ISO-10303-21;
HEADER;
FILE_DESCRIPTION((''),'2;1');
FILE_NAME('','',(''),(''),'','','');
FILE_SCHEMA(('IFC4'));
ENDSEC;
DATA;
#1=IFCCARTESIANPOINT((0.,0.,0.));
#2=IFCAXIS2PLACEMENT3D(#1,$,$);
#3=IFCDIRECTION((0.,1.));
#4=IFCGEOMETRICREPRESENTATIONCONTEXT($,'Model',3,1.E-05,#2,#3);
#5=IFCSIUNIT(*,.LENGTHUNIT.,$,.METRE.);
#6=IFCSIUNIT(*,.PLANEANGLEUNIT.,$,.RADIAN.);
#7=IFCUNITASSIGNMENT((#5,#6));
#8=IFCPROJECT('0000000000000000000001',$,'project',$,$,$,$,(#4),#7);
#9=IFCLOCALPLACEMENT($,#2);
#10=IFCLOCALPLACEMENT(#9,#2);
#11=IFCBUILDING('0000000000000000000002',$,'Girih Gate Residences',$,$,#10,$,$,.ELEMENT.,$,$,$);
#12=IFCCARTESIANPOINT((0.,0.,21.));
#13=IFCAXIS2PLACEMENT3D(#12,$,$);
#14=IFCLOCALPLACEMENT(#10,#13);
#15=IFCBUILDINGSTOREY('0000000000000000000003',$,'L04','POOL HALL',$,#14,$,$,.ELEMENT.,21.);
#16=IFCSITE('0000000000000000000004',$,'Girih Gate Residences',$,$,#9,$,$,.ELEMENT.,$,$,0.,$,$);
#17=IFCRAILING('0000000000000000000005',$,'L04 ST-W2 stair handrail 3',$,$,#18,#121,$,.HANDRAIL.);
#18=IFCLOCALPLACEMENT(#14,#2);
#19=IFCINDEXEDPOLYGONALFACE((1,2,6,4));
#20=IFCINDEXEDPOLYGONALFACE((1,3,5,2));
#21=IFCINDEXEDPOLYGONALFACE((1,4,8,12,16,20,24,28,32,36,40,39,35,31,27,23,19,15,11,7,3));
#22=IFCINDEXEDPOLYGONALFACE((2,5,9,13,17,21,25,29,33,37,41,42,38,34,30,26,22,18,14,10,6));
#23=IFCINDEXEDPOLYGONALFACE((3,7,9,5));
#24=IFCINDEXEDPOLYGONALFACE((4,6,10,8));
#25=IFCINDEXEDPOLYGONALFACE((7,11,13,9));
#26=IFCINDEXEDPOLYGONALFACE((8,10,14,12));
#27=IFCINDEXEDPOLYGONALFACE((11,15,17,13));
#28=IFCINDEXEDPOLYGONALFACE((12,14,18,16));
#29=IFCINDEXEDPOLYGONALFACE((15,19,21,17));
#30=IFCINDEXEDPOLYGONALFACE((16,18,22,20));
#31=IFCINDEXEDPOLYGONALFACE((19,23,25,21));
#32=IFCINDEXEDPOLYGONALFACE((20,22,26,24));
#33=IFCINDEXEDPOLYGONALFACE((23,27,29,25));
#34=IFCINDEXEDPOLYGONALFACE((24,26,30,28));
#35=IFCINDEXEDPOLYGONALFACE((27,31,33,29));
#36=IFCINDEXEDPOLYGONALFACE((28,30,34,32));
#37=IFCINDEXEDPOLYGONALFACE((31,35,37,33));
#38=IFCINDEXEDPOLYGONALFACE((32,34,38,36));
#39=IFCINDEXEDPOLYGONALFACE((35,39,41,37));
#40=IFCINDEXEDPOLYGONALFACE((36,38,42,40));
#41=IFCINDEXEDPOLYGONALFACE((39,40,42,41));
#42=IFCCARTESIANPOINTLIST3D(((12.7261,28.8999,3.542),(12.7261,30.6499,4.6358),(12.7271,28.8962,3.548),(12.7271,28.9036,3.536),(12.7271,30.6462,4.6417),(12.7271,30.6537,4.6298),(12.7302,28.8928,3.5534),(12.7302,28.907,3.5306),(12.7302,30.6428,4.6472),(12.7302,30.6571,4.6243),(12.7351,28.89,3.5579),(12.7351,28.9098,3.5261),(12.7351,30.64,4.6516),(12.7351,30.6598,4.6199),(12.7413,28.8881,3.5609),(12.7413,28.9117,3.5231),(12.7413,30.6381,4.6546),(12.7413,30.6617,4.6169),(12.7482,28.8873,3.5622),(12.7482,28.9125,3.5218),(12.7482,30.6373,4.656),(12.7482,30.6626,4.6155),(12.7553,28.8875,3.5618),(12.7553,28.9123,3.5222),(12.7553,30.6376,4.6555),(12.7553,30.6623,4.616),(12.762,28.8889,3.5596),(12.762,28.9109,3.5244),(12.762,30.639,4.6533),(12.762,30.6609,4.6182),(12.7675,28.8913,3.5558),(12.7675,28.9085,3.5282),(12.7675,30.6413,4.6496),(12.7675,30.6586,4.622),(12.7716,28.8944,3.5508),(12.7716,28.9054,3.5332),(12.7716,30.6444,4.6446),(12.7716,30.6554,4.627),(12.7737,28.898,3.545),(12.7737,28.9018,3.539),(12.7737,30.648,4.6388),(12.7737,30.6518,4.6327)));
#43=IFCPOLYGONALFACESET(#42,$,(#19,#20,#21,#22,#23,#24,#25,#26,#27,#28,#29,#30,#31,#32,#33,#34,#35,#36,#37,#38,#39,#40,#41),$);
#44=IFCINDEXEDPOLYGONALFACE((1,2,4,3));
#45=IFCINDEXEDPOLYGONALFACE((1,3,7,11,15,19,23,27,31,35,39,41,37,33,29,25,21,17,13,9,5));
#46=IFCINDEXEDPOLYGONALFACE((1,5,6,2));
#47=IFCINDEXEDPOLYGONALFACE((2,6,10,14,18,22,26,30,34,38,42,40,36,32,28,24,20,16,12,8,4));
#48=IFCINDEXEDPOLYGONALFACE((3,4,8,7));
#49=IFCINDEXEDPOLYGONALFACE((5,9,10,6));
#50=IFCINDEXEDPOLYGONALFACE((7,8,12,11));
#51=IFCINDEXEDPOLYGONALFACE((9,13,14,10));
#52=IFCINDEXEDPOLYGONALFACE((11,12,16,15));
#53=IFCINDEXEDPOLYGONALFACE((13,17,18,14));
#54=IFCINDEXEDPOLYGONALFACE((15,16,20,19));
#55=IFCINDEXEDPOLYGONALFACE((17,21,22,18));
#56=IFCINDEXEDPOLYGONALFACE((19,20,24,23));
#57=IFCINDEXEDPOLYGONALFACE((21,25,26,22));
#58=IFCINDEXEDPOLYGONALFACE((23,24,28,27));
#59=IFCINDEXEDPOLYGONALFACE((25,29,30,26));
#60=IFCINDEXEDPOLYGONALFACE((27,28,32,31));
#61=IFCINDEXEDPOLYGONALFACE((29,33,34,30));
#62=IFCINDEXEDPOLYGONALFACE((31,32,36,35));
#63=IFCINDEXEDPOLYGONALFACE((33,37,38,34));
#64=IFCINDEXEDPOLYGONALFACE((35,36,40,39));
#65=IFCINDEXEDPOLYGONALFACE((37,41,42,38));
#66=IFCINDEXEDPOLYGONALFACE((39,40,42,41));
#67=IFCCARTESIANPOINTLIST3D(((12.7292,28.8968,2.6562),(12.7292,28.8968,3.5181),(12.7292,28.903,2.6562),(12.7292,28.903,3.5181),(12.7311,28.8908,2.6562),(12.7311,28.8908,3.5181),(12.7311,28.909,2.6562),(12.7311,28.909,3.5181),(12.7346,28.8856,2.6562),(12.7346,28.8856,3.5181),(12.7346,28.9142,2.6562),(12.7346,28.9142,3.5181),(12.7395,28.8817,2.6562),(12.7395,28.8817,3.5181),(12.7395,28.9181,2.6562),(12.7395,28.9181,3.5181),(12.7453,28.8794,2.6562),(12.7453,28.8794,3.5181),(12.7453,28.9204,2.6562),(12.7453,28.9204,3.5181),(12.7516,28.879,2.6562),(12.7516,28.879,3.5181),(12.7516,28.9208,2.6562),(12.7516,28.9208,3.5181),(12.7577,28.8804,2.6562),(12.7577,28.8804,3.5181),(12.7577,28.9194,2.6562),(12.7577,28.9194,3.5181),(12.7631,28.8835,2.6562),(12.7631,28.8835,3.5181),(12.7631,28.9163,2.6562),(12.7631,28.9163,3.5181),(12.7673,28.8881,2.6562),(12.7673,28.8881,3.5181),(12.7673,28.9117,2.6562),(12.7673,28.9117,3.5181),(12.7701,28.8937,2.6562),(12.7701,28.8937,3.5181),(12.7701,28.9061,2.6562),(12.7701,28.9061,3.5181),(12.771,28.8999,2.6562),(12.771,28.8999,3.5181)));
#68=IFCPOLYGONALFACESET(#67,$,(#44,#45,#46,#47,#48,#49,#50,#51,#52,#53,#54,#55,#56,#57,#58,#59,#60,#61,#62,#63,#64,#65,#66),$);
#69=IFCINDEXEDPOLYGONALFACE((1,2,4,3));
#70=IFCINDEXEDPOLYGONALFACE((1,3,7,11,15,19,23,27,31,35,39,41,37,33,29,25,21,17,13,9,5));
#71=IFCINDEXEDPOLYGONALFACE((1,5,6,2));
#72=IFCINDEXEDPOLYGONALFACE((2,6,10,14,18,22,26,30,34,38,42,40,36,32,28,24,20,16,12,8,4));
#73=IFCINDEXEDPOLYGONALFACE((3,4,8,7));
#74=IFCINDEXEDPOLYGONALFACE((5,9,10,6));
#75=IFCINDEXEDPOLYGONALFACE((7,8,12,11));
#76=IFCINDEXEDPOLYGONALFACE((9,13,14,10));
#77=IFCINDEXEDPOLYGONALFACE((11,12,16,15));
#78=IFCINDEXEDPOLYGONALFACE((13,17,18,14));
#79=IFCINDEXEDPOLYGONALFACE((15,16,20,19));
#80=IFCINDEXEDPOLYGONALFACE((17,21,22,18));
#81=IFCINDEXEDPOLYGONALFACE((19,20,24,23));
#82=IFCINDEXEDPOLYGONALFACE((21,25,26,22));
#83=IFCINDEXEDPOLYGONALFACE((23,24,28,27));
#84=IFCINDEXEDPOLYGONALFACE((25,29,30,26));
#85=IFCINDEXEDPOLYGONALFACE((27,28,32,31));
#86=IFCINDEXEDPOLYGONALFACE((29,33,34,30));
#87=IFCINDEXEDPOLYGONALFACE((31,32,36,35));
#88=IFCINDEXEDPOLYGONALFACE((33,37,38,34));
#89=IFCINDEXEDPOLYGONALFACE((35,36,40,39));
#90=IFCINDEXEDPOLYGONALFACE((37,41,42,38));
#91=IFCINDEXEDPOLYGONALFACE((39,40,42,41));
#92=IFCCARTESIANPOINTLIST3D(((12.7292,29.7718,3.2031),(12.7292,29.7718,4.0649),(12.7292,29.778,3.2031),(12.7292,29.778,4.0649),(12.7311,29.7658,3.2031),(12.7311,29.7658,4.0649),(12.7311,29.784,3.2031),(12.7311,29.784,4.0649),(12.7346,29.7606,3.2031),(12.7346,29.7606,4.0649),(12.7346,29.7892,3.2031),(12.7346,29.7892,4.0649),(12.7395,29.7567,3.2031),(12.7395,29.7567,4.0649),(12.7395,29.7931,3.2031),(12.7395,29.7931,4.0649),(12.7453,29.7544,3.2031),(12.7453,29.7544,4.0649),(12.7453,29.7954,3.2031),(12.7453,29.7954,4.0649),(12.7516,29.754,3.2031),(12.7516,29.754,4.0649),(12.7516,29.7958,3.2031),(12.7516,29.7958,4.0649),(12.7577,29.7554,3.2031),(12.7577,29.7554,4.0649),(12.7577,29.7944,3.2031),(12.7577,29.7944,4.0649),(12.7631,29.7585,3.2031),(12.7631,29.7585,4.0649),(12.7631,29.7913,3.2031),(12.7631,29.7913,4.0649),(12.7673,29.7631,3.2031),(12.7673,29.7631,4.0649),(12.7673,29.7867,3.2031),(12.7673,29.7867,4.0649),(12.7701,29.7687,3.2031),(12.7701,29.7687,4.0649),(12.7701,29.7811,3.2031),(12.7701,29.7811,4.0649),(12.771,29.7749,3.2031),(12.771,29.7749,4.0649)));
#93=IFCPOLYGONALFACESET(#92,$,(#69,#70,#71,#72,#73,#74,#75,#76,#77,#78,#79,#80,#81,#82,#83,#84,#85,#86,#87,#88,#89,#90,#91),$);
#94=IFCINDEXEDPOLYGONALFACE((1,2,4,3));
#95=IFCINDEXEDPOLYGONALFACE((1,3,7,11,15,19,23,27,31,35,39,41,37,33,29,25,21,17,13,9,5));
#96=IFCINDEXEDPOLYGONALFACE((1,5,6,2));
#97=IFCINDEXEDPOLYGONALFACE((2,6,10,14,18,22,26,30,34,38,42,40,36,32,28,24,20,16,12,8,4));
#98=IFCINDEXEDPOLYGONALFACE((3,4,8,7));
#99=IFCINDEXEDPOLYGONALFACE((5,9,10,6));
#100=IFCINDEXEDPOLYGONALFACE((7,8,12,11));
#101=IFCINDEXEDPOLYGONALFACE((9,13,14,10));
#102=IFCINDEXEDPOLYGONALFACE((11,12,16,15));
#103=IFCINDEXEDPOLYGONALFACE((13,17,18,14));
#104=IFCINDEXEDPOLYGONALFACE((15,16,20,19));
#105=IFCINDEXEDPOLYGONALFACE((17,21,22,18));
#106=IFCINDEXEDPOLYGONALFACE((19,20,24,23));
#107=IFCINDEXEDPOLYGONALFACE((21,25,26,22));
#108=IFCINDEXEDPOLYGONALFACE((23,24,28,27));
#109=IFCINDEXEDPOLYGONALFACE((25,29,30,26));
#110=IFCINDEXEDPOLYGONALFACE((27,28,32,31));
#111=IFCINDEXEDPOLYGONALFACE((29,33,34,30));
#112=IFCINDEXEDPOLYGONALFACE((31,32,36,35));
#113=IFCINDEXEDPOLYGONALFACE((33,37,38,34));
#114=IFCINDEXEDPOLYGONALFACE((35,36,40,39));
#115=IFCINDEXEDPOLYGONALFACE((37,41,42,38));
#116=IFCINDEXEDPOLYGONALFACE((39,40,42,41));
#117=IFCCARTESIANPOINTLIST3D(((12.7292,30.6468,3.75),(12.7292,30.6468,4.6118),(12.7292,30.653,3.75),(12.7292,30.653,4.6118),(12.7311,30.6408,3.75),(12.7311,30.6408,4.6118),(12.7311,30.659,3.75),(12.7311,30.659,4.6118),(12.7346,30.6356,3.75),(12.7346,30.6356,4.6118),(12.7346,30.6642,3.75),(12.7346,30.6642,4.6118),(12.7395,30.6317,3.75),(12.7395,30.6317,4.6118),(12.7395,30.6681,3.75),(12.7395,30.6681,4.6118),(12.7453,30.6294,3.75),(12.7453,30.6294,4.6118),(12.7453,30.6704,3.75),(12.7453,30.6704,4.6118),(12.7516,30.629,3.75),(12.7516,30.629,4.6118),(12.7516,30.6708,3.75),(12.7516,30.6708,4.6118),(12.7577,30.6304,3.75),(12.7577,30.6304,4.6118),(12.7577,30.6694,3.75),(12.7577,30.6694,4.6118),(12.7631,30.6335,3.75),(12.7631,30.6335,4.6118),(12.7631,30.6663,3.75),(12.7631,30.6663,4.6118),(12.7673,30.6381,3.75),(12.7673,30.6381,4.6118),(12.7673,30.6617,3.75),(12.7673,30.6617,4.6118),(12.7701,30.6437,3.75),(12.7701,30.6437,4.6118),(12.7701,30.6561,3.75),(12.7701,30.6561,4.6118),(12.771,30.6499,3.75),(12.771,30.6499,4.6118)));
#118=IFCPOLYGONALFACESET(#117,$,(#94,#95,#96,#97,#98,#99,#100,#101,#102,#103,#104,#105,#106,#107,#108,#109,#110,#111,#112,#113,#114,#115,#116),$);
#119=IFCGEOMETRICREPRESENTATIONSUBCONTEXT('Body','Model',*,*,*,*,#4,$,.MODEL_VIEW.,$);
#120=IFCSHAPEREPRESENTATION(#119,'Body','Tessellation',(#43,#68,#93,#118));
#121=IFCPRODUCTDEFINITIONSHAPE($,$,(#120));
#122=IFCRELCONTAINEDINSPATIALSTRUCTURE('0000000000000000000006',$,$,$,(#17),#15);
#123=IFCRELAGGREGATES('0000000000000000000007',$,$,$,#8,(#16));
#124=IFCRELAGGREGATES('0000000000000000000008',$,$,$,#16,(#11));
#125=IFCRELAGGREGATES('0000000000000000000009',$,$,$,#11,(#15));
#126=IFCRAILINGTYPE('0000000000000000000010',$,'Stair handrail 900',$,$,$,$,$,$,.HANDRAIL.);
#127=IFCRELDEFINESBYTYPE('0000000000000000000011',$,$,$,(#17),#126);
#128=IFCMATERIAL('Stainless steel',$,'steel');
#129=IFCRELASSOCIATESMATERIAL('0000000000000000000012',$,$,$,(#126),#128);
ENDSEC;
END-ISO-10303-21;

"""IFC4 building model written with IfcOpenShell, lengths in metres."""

from ifc_helpers import new_model, si_unit, direction, frame, origin, origin_2d, place, context, subcontext, project, spatial, circle, extrude, material, type_object, element, save


model = new_model("IFC4")

# Units and contexts
model_context = context("Model", 3, precision=1e-05, world=origin(), true_north=direction((0.0, 1.0)))
body_context = subcontext(model_context, "Body", "Model", "MODEL_VIEW")
ifc_project = project(units=[si_unit("LENGTHUNIT", "METRE"), si_unit("PLANEANGLEUNIT", "RADIAN")], contexts=[model_context])

# Site, building, storey
site_placement = place(None, origin())
site = spatial("IfcSite", under=ifc_project, at=site_placement, Name="Girih Gate Residences", CompositionType="ELEMENT", RefElevation=0.0)
building_placement = place(site_placement, origin())
building = spatial("IfcBuilding", under=site, at=building_placement, Name="Girih Gate Residences", CompositionType="ELEMENT")
storey_placement = place(building_placement, frame((0.0, 0.0, 21.0)))
storey = spatial("IfcBuildingStorey", under=building, at=storey_placement, Name="L04", Description="POOL HALL", CompositionType="ELEMENT", Elevation=21.0)

# Railing
ifc_material_1 = material(Name="Stainless steel", Category="steel")
railing_type_1 = type_object("IfcRailingType", Name="Stair handrail 900", PredefinedType="HANDRAIL", material=ifc_material_1)
railing_1_placement = place(storey_placement, frame((12.75, 28.8999, 2.6562)))
element("IfcRailing", 1, at=railing_1_placement, inside=storey, type_object=railing_type_1, Name="L04 ST-W2 stair handrail 3", PredefinedType="HANDRAIL", context=body_context, shape_type="SweptSolid", body=[
    extrude(circle(Radius=0.0239, at=origin_2d()), frame((0.0, 0.0, 0.8857), z_axis=(0.0, 0.847998, 0.529999), x_axis=(-1.0, 0.0, 0.0)), (0.0, 0.0, 1.0), 2.0637),
    extrude(circle(Radius=0.021, at=origin_2d()), origin(), (0.0, 0.0, 1.0), 0.8618),
    extrude(circle(Radius=0.021, at=origin_2d()), frame((0.0, 0.875, 0.5469)), (0.0, 0.0, 1.0), 0.8618),
    extrude(circle(Radius=0.021, at=origin_2d()), frame((0.0, 1.75, 1.0938)), (0.0, 0.0, 1.0), 0.8618),
])

save(model, "model.ifc")
